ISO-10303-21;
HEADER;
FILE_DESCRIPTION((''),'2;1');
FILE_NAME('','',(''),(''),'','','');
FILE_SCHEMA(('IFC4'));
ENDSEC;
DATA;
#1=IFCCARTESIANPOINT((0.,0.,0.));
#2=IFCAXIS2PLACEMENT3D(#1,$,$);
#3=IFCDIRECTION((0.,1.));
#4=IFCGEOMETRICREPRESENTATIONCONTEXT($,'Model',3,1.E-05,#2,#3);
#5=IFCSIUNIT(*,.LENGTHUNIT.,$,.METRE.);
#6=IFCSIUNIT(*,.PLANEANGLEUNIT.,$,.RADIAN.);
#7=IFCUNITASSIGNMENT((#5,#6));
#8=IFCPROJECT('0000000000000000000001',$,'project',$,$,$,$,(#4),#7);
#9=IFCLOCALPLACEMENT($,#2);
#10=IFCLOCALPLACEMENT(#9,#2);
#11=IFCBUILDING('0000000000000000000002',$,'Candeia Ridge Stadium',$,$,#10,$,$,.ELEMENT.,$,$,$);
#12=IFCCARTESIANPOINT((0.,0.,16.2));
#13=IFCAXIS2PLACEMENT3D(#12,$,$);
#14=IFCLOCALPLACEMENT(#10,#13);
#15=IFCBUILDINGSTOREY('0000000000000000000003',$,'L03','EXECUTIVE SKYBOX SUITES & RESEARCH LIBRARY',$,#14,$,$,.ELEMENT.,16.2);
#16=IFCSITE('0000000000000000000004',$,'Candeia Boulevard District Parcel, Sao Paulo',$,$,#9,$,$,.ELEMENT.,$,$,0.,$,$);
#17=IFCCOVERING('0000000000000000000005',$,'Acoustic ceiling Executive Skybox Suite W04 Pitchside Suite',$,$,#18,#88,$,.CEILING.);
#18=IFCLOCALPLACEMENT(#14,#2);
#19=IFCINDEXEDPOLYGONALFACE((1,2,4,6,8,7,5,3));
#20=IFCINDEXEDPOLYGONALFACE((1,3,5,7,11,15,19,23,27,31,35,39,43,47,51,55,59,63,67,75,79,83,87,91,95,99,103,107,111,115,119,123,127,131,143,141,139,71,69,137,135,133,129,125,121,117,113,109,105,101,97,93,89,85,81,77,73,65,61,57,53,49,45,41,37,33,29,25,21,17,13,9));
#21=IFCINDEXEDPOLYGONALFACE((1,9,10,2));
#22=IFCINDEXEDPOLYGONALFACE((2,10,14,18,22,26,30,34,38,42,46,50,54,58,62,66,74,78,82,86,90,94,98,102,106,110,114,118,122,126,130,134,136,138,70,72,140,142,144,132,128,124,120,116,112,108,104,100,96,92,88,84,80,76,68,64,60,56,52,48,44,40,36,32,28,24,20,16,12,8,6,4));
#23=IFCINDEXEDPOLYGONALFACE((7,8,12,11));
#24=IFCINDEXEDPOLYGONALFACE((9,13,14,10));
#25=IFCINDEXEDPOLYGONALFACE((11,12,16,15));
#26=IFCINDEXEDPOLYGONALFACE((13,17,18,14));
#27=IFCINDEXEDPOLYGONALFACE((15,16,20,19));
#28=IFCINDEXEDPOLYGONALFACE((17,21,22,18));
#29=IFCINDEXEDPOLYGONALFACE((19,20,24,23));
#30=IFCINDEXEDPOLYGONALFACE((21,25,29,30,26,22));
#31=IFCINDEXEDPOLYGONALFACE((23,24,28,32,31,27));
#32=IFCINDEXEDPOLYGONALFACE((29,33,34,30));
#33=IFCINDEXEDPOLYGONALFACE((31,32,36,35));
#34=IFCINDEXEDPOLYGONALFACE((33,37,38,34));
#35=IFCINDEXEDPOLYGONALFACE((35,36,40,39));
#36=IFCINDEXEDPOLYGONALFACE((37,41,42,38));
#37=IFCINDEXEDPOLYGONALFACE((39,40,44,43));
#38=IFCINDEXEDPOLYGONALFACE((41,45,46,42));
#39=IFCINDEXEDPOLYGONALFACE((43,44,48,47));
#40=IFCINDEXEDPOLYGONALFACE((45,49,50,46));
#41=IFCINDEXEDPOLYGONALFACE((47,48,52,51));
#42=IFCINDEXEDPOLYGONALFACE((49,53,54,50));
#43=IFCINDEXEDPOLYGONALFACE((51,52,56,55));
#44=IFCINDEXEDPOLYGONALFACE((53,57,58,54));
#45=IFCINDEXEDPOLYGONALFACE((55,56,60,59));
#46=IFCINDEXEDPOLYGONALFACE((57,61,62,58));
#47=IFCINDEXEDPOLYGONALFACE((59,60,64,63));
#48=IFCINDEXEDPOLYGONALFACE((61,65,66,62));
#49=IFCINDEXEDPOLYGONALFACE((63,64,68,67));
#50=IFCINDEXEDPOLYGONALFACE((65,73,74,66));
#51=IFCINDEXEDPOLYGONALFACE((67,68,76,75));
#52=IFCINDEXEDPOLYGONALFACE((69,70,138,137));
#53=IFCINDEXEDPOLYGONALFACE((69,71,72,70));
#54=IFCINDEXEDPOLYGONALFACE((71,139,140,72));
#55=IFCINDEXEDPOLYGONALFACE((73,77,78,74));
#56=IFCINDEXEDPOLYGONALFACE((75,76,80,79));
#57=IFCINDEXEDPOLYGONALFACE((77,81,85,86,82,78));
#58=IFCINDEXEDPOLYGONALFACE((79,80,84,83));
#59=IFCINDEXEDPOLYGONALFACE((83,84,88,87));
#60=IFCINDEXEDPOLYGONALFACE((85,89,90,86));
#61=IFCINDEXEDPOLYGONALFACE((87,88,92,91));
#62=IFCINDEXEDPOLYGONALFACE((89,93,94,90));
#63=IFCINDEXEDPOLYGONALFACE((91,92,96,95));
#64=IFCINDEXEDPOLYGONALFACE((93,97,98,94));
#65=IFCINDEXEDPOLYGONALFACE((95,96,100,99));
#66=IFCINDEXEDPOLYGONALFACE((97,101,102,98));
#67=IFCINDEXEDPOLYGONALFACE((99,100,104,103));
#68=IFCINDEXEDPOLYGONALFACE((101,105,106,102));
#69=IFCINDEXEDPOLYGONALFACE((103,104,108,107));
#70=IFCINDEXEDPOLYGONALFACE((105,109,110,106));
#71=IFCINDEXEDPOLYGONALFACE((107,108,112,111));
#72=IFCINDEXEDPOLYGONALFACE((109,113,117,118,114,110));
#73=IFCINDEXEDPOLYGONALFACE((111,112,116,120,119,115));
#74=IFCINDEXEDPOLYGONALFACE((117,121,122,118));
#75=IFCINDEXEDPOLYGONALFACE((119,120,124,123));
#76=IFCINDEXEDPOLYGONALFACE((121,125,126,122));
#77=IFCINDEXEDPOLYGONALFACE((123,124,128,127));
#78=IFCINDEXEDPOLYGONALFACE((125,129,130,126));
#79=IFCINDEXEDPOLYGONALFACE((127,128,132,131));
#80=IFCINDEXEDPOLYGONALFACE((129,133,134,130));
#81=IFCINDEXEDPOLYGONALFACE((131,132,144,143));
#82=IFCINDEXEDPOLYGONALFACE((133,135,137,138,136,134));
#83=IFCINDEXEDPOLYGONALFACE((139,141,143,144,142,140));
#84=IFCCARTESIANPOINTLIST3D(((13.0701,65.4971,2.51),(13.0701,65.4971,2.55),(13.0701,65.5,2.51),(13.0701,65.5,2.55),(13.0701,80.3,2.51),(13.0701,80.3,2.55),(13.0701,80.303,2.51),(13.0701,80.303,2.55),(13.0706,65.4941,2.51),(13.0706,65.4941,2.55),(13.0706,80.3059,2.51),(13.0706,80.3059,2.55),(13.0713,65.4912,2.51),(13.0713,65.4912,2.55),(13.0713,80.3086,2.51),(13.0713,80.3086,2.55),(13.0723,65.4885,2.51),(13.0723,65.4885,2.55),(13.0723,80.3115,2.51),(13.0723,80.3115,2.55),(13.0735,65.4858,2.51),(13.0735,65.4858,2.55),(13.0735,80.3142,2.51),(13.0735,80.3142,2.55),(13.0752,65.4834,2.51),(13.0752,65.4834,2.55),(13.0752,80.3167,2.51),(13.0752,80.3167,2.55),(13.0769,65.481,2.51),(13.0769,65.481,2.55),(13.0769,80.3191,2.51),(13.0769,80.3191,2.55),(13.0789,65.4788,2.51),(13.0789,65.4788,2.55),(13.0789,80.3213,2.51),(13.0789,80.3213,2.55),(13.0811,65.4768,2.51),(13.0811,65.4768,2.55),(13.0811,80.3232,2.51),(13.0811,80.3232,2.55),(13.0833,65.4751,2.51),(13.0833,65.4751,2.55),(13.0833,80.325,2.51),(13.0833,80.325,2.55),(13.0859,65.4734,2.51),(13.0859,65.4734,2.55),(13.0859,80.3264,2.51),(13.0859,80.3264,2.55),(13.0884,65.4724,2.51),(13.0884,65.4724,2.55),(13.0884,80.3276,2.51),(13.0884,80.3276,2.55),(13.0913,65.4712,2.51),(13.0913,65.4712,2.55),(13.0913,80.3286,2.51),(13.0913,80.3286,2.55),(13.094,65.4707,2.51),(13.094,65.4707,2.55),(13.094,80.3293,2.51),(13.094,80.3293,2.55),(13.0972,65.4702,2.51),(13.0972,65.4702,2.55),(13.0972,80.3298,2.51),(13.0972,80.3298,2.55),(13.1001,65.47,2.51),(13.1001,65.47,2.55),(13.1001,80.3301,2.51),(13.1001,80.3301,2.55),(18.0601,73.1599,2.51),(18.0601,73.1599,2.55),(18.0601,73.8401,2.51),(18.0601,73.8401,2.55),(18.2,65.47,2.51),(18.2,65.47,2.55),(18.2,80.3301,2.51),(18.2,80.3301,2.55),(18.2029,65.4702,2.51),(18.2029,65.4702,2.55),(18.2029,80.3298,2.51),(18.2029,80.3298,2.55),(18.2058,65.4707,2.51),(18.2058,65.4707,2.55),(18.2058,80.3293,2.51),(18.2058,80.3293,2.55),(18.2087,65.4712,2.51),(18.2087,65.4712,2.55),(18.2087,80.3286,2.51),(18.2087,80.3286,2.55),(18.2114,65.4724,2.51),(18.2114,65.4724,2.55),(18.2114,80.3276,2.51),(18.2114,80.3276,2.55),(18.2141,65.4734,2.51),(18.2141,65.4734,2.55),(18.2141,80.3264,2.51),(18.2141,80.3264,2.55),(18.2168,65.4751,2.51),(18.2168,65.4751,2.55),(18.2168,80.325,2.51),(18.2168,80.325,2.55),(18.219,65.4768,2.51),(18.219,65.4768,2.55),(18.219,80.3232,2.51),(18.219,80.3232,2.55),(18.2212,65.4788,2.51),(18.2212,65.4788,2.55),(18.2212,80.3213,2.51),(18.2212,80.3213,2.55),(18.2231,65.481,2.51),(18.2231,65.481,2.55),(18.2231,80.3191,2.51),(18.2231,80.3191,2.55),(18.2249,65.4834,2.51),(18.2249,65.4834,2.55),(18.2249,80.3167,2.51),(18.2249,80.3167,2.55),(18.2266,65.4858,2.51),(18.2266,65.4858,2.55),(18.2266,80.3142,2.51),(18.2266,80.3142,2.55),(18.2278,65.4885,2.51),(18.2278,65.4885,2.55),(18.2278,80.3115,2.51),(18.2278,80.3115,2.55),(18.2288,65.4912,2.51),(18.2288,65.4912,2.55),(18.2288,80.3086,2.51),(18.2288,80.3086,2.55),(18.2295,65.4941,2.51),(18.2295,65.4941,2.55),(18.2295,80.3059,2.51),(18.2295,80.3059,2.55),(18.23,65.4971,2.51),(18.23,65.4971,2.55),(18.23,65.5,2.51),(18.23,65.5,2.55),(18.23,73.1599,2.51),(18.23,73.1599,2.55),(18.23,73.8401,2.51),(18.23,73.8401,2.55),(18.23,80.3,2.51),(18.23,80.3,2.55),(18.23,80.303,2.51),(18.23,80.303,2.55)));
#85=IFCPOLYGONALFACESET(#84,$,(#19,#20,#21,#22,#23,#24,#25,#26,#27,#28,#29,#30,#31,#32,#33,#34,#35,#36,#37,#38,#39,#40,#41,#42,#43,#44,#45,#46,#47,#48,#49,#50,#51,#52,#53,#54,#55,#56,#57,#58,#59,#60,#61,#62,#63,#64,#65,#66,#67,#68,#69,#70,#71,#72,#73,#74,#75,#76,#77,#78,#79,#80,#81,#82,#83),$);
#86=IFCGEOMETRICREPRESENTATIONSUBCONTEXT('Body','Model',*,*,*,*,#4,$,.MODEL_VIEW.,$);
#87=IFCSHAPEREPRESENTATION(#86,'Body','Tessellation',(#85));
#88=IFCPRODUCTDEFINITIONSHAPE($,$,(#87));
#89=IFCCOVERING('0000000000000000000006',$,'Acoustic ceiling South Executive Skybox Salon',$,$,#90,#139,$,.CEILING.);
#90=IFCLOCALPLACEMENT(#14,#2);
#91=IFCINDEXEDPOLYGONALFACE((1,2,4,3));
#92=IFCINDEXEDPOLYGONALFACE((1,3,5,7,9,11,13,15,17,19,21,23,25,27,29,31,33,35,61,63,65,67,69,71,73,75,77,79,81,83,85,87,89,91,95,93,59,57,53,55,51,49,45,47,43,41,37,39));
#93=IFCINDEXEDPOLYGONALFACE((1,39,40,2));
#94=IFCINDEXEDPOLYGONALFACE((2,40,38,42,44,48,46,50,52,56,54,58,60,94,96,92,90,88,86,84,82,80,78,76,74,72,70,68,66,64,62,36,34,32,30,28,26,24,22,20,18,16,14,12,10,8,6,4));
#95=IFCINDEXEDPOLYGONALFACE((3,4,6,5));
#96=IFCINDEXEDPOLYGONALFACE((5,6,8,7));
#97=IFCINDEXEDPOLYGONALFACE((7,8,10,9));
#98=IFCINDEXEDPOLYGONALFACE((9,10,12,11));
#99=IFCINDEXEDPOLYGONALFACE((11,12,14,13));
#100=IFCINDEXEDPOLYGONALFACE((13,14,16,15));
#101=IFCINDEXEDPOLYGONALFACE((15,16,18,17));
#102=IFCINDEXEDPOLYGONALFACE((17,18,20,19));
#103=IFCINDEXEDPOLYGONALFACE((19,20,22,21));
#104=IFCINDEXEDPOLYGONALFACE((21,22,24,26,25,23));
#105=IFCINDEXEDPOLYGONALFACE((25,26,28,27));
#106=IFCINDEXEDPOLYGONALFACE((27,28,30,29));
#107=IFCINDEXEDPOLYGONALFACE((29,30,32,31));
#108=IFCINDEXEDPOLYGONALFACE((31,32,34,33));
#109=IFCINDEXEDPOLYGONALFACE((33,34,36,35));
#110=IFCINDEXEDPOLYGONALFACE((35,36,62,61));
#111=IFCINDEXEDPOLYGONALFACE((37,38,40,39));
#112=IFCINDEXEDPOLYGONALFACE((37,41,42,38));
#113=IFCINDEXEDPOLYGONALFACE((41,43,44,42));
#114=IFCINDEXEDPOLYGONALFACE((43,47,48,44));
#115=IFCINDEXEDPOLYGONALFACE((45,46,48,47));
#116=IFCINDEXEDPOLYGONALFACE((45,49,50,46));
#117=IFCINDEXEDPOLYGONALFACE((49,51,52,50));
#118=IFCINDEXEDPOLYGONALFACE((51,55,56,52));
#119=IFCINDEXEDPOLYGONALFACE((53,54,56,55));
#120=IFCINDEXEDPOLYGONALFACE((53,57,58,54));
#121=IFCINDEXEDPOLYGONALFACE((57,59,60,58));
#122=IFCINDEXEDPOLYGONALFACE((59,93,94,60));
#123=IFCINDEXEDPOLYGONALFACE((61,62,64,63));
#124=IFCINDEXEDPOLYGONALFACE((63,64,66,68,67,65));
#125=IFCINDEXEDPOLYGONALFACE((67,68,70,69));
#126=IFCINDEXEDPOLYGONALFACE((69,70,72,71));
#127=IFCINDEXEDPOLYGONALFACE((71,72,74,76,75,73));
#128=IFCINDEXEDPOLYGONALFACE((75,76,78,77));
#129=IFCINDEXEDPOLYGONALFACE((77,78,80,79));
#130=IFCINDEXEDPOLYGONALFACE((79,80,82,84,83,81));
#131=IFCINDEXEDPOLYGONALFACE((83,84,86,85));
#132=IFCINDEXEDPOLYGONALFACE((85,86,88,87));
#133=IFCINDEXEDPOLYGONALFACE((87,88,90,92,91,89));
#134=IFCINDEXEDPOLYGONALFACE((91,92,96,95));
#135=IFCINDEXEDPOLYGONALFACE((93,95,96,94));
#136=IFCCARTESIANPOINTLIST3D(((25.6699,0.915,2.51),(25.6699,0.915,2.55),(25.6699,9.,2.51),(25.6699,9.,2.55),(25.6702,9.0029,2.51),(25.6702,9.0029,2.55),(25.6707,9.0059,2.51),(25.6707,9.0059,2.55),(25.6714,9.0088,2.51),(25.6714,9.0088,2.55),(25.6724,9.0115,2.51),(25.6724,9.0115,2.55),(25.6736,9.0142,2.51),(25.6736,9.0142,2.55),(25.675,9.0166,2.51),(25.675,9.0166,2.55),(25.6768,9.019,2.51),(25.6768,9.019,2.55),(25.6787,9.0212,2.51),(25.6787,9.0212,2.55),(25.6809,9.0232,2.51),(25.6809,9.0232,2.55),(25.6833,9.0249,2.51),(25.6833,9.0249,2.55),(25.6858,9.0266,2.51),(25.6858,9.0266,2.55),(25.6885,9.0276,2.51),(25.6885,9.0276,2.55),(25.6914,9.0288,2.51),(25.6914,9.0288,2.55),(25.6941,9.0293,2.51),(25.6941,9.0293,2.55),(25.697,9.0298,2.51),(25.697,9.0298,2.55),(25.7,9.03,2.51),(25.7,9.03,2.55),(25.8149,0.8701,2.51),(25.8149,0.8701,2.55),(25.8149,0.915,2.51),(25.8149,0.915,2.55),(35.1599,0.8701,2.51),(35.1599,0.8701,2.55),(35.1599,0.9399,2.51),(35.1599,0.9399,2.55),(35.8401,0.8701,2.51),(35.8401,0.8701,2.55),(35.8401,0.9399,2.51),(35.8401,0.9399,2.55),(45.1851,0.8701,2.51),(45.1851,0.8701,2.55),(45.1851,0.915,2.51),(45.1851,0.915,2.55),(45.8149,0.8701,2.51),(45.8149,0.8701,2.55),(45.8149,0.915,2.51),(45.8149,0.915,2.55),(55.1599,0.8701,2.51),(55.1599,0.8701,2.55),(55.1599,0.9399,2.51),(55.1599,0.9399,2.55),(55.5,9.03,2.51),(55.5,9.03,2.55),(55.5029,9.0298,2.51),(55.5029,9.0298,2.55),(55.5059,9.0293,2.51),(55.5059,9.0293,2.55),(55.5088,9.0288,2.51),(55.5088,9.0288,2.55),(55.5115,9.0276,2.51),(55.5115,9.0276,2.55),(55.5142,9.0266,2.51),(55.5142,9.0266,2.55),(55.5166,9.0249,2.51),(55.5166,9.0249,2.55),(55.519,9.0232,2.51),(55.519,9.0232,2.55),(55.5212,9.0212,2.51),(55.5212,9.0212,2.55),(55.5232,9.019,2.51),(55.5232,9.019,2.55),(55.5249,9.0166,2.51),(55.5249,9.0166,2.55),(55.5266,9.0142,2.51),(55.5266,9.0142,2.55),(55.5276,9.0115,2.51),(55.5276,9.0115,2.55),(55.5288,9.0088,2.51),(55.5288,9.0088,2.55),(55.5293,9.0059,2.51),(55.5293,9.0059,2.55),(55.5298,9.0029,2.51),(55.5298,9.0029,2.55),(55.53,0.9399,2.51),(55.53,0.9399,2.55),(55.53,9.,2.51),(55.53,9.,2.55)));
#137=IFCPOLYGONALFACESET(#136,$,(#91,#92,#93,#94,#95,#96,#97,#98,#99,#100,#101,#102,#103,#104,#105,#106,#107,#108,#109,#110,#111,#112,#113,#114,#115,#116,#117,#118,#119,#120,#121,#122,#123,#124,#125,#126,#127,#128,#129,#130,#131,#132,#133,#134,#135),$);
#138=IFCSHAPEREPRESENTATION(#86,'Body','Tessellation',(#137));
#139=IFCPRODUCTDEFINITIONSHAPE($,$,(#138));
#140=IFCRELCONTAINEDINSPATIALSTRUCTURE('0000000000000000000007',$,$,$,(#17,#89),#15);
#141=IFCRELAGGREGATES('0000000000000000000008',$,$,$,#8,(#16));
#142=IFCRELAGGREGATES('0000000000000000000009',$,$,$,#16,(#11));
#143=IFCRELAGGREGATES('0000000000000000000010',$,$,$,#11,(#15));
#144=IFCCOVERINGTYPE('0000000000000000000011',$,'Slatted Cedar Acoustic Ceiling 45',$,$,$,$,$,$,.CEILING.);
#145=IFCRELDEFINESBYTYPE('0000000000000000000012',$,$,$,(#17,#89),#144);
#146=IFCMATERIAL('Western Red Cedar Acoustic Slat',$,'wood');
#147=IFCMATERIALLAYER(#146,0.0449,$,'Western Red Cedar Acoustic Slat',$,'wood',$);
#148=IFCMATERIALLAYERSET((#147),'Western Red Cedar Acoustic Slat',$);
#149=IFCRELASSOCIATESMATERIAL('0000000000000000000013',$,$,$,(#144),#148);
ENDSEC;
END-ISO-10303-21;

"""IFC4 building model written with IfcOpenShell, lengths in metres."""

from ifc_helpers import new_model, si_unit, direction, frame, origin, place, context, subcontext, project, spatial, polyline, outline, extrude, material, layer, layer_set, type_object, element, save


model = new_model("IFC4")

# Units and contexts
model_context = context("Model", 3, precision=1e-05, world=origin(), true_north=direction((0.0, 1.0)))
body_context = subcontext(model_context, "Body", "Model", "MODEL_VIEW")
ifc_project = project(units=[si_unit("LENGTHUNIT", "METRE"), si_unit("PLANEANGLEUNIT", "RADIAN")], contexts=[model_context])

# Site, building, storey
site_placement = place(None, origin())
site = spatial("IfcSite", under=ifc_project, at=site_placement, Name="Candeia Boulevard District Parcel, Sao Paulo", CompositionType="ELEMENT", RefElevation=0.0)
building_placement = place(site_placement, origin())
building = spatial("IfcBuilding", under=site, at=building_placement, Name="Candeia Ridge Stadium", CompositionType="ELEMENT")
storey_placement = place(building_placement, frame((0.0, 0.0, 16.2)))
storey = spatial("IfcBuildingStorey", under=building, at=storey_placement, Name="L03", Description="EXECUTIVE SKYBOX SUITES & RESEARCH LIBRARY", CompositionType="ELEMENT", Elevation=16.2)

# Coverings
ifc_material_1 = material(Name="Western Red Cedar Acoustic Slat", Category="wood")
ifc_layer_1 = layer(ifc_material_1, 0.0449, Name="Western Red Cedar Acoustic Slat", Category="wood")
ifc_layer_set_1 = layer_set([ifc_layer_1], Name="Western Red Cedar Acoustic Slat")
covering_type = type_object("IfcCoveringType", Name="Slatted Cedar Acoustic Ceiling 45", PredefinedType="CEILING", material=ifc_layer_set_1)
covering_1_placement = place(storey_placement, frame((0.0, 0.0, 2.51)))
element("IfcCovering", 1, at=covering_1_placement, inside=storey, type_object=covering_type, Name="Acoustic ceiling Executive Skybox Suite W04 Pitchside Suite", PredefinedType="CEILING", context=body_context, shape_type="SweptSolid", body=[
    extrude(outline(polyline([(13.094, 65.4707), (13.0913, 65.4712), (13.0884, 65.4724), (13.0859, 65.4734), (13.0833, 65.4751), (13.0811, 65.4768), (13.0789, 65.4788), (13.0769, 65.481), (13.0752, 65.4834), (13.0735, 65.4858), (13.0723, 65.4885), (13.0713, 65.4912), (13.0706, 65.4941), (13.0701, 65.4971), (13.0701, 65.5), (13.0701, 80.3), (13.0701, 80.303), (13.0706, 80.3059), (13.0713, 80.3086), (13.0723, 80.3115), (13.0735, 80.3142), (13.0752, 80.3167), (13.0769, 80.3191), (13.0789, 80.3213), (13.0811, 80.3232), (13.0833, 80.325), (13.0859, 80.3264), (13.0884, 80.3276), (13.0913, 80.3286), (13.094, 80.3293), (13.0972, 80.3298), (13.1001, 80.3301), (18.2, 80.3301), (18.2029, 80.3298), (18.2058, 80.3293), (18.2087, 80.3286), (18.2114, 80.3276), (18.2141, 80.3264), (18.2168, 80.325), (18.219, 80.3232), (18.2212, 80.3213), (18.2231, 80.3191), (18.2249, 80.3167), (18.2266, 80.3142), (18.2278, 80.3115), (18.2288, 80.3086), (18.2295, 80.3059), (18.23, 80.303), (18.23, 80.3), (18.23, 73.8401), (18.0601, 73.8401), (18.0601, 73.1599), (18.23, 73.1599), (18.23, 65.5), (18.23, 65.4971), (18.2295, 65.4941), (18.2288, 65.4912), (18.2278, 65.4885), (18.2266, 65.4858), (18.2249, 65.4834), (18.2231, 65.481), (18.2212, 65.4788), (18.219, 65.4768), (18.2168, 65.4751), (18.2141, 65.4734), (18.2114, 65.4724), (18.2087, 65.4712), (18.2058, 65.4707), (18.2029, 65.4702), (18.2, 65.47), (13.1001, 65.47), (13.0972, 65.4702), (13.094, 65.4707)])), origin(), (0.0, 0.0, 1.0), 0.04),
])
covering_2_placement = place(storey_placement, frame((0.0, 0.0, 2.51)))
element("IfcCovering", 2, at=covering_2_placement, inside=storey, type_object=covering_type, Name="Acoustic ceiling South Executive Skybox Salon", PredefinedType="CEILING", context=body_context, shape_type="SweptSolid", body=[
    extrude(outline(polyline([(25.6702, 9.0029), (25.6707, 9.0059), (25.6714, 9.0088), (25.6724, 9.0115), (25.6736, 9.0142), (25.675, 9.0166), (25.6768, 9.019), (25.6787, 9.0212), (25.6809, 9.0232), (25.6833, 9.0249), (25.6858, 9.0266), (25.6885, 9.0276), (25.6914, 9.0288), (25.6941, 9.0293), (25.697, 9.0298), (25.7, 9.03), (55.5, 9.03), (55.5029, 9.0298), (55.5059, 9.0293), (55.5088, 9.0288), (55.5115, 9.0276), (55.5142, 9.0266), (55.5166, 9.0249), (55.519, 9.0232), (55.5212, 9.0212), (55.5232, 9.019), (55.5249, 9.0166), (55.5266, 9.0142), (55.5276, 9.0115), (55.5288, 9.0088), (55.5293, 9.0059), (55.5298, 9.0029), (55.53, 9.0), (55.53, 0.9399), (55.1599, 0.9399), (55.1599, 0.8701), (45.8149, 0.8701), (45.8149, 0.915), (45.1851, 0.915), (45.1851, 0.8701), (35.8401, 0.8701), (35.8401, 0.9399), (35.1599, 0.9399), (35.1599, 0.8701), (25.8149, 0.8701), (25.8149, 0.915), (25.6699, 0.915), (25.6699, 9.0), (25.6702, 9.0029)])), origin(), (0.0, 0.0, 1.0), 0.04),
])

save(model, "model.ifc")
